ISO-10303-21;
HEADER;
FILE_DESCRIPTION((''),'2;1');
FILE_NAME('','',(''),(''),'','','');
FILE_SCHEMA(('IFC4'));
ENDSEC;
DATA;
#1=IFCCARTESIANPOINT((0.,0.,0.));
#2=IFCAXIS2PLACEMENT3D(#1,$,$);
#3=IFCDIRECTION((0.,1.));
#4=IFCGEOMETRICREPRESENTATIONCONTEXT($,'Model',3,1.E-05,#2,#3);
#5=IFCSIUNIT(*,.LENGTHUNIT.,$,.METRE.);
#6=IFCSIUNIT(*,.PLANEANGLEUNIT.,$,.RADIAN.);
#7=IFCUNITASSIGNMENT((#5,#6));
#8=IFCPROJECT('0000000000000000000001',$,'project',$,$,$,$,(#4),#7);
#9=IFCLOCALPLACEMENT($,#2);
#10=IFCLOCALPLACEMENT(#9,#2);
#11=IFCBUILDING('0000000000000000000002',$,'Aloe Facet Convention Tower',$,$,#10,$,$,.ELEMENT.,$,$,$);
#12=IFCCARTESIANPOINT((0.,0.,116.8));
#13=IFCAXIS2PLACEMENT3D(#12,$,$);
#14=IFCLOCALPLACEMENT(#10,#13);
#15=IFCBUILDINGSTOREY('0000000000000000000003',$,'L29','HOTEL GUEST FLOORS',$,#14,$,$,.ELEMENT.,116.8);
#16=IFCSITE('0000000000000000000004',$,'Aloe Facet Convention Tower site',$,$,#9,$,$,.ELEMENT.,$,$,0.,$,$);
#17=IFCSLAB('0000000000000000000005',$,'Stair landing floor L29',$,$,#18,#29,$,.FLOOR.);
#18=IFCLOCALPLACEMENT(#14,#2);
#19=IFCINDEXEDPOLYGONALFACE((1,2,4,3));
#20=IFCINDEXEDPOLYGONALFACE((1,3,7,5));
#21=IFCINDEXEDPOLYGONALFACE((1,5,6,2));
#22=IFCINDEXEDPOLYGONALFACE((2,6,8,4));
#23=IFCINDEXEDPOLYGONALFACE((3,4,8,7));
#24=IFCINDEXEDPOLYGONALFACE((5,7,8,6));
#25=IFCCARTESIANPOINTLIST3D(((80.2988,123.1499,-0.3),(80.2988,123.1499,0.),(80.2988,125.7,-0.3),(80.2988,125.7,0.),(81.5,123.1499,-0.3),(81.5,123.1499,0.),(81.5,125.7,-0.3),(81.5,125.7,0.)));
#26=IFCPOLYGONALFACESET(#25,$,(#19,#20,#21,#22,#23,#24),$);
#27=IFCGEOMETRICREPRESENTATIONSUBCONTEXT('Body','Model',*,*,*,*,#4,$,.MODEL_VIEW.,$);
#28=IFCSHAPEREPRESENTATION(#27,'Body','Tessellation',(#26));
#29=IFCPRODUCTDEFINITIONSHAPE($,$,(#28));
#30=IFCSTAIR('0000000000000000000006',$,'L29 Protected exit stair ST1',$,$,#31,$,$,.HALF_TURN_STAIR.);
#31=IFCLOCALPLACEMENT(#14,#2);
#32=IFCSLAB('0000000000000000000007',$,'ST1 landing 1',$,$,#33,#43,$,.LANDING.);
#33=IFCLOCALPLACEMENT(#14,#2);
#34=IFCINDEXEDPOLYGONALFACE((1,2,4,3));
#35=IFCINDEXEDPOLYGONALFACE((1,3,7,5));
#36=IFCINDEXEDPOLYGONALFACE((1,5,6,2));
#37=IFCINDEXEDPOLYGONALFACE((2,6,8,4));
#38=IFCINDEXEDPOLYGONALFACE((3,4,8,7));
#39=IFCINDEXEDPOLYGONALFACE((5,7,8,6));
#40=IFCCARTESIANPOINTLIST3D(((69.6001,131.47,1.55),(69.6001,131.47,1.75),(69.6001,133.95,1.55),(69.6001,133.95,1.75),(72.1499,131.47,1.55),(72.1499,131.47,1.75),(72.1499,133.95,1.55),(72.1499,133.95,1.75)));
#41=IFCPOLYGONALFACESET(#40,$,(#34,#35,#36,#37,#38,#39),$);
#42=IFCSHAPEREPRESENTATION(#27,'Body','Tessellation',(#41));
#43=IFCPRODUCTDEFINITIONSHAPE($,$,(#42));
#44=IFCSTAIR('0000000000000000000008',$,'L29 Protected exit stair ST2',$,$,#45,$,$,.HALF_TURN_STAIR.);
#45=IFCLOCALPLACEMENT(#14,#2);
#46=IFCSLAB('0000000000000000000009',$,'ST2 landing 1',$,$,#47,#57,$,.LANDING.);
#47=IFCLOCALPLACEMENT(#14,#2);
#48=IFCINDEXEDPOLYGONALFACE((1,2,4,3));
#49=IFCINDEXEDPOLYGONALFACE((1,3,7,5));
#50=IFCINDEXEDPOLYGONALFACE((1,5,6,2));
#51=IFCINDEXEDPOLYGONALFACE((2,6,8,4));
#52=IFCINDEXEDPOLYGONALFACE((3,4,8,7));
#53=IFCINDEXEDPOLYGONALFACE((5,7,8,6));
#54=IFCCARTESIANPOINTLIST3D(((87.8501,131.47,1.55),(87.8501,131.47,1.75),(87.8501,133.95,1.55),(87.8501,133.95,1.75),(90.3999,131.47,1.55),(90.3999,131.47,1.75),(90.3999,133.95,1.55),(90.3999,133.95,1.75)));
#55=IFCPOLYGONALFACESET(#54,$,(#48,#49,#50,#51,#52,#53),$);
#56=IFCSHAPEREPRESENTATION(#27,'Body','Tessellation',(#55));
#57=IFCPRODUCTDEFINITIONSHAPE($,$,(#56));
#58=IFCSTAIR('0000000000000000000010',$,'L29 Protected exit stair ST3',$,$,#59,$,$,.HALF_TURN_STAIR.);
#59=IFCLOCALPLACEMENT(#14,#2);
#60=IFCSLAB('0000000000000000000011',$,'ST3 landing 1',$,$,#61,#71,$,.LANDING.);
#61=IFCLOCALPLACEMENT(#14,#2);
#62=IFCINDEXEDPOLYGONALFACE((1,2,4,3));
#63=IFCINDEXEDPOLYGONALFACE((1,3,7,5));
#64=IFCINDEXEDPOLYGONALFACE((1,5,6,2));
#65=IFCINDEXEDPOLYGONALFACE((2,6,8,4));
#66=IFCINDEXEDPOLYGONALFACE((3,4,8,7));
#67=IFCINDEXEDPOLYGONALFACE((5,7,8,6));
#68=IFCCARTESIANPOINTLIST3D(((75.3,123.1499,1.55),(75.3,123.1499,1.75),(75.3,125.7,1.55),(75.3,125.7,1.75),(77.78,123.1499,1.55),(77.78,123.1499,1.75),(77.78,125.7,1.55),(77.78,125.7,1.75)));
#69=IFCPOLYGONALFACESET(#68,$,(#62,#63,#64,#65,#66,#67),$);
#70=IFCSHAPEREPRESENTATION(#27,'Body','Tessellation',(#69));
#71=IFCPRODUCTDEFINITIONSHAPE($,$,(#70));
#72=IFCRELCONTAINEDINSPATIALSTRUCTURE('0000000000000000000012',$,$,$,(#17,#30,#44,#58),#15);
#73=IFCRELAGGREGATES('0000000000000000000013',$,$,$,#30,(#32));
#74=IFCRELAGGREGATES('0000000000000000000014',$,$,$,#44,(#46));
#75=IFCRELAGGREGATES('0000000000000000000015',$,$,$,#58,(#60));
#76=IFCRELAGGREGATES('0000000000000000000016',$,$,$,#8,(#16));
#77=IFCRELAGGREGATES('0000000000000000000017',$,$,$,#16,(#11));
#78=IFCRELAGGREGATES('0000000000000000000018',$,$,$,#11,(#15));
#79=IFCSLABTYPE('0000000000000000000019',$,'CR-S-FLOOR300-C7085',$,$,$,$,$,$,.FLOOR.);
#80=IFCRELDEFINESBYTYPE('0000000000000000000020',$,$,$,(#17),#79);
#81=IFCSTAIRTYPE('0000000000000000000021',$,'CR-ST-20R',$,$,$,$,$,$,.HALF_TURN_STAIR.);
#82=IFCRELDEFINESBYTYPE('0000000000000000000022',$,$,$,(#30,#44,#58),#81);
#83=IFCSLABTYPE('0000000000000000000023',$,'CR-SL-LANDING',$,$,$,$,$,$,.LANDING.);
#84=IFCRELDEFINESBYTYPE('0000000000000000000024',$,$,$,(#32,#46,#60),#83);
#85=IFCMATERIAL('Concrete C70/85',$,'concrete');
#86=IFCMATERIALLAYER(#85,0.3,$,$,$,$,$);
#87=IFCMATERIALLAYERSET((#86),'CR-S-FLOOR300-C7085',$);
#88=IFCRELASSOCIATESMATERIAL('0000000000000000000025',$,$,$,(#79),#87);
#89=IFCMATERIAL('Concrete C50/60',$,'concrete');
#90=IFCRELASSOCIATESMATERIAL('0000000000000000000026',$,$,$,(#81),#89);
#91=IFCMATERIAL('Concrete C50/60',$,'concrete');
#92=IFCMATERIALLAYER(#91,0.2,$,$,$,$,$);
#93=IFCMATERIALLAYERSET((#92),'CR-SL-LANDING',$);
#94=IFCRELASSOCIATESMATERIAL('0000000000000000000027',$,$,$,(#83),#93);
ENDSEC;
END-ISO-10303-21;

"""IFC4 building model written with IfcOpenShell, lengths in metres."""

from ifc_helpers import new_model, si_unit, direction, frame, origin, place, context, subcontext, project, spatial, polyline, outline, extrude, material, layer, layer_set, type_object, element, aggregate, save


model = new_model("IFC4")

# Units and contexts
model_context = context("Model", 3, precision=1e-05, world=origin(), true_north=direction((0.0, 1.0)))
body_context = subcontext(model_context, "Body", "Model", "MODEL_VIEW")
ifc_project = project(units=[si_unit("LENGTHUNIT", "METRE"), si_unit("PLANEANGLEUNIT", "RADIAN")], contexts=[model_context])

# Site, building, storey
site_placement = place(None, origin())
site = spatial("IfcSite", under=ifc_project, at=site_placement, Name="Aloe Facet Convention Tower site", CompositionType="ELEMENT", RefElevation=0.0)
building_placement = place(site_placement, origin())
building = spatial("IfcBuilding", under=site, at=building_placement, Name="Aloe Facet Convention Tower", CompositionType="ELEMENT")
storey_placement = place(building_placement, frame((0.0, 0.0, 116.8)))
storey = spatial("IfcBuildingStorey", under=building, at=storey_placement, Name="L29", Description="HOTEL GUEST FLOORS", CompositionType="ELEMENT", Elevation=116.8)

# Slab
ifc_material_1 = material(Name="Concrete C70/85", Category="concrete")
ifc_layer_1 = layer(ifc_material_1, 0.3)
ifc_layer_set_1 = layer_set([ifc_layer_1], Name="CR-S-FLOOR300-C7085")
slab_type_1 = type_object("IfcSlabType", Name="CR-S-FLOOR300-C7085", PredefinedType="FLOOR", material=ifc_layer_set_1)
slab_1_placement = place(storey_placement, frame((0.0, 0.0, -0.3)))
element("IfcSlab", 1, at=slab_1_placement, inside=storey, type_object=slab_type_1, Name="Stair landing floor L29", PredefinedType="FLOOR", context=body_context, shape_type="SweptSolid", body=[
    extrude(outline(polyline([(81.5, 125.7), (80.2988, 125.7), (80.2988, 123.1499), (81.5, 123.1499), (81.5, 125.7)])), origin(), (0.0, 0.0, 1.0), 0.3),
])

# Stairs, slabs
ifc_material_2 = material(Name="Concrete C50/60", Category="concrete")
stair_type = type_object("IfcStairType", Name="CR-ST-20R", PredefinedType="HALF_TURN_STAIR", material=ifc_material_2)
stair_1_placement = place(storey_placement, origin())
stair_1 = element("IfcStair", 2, at=stair_1_placement, inside=storey, type_object=stair_type, Name="L29 Protected exit stair ST1", PredefinedType="HALF_TURN_STAIR")
ifc_material_3 = material(Name="Concrete C50/60", Category="concrete")
ifc_layer_2 = layer(ifc_material_3, 0.2)
ifc_layer_set_2 = layer_set([ifc_layer_2], Name="CR-SL-LANDING")
slab_type_2 = type_object("IfcSlabType", Name="CR-SL-LANDING", PredefinedType="LANDING", material=ifc_layer_set_2)
slab_2_placement = place(storey_placement, frame((0.0, 0.0, 1.55)))
slab_2 = element("IfcSlab", 3, at=slab_2_placement, type_object=slab_type_2, Name="ST1 landing 1", PredefinedType="LANDING", context=body_context, shape_type="SweptSolid", body=[
    extrude(outline(polyline([(72.1499, 131.47), (72.1499, 133.95), (69.6001, 133.95), (69.6001, 131.47), (72.1499, 131.47)])), origin(), (0.0, 0.0, 1.0), 0.2),
])
aggregate(stair_1, [slab_2])
stair_2_placement = place(storey_placement, origin())
stair_2 = element("IfcStair", 4, at=stair_2_placement, inside=storey, type_object=stair_type, Name="L29 Protected exit stair ST2", PredefinedType="HALF_TURN_STAIR")
slab_3_placement = place(storey_placement, frame((0.0, 0.0, 1.55)))
slab_3 = element("IfcSlab", 5, at=slab_3_placement, type_object=slab_type_2, Name="ST2 landing 1", PredefinedType="LANDING", context=body_context, shape_type="SweptSolid", body=[
    extrude(outline(polyline([(90.3999, 131.47), (90.3999, 133.95), (87.8501, 133.95), (87.8501, 131.47), (90.3999, 131.47)])), origin(), (0.0, 0.0, 1.0), 0.2),
])
aggregate(stair_2, [slab_3])
stair_3_placement = place(storey_placement, origin())
stair_3 = element("IfcStair", 6, at=stair_3_placement, inside=storey, type_object=stair_type, Name="L29 Protected exit stair ST3", PredefinedType="HALF_TURN_STAIR")
slab_4_placement = place(storey_placement, frame((0.0, 0.0, 1.55)))
slab_4 = element("IfcSlab", 7, at=slab_4_placement, type_object=slab_type_2, Name="ST3 landing 1", PredefinedType="LANDING", context=body_context, shape_type="SweptSolid", body=[
    extrude(outline(polyline([(77.78, 125.7), (75.3, 125.7), (75.3, 123.1499), (77.78, 123.1499), (77.78, 125.7)])), origin(), (0.0, 0.0, 1.0), 0.2),
])
aggregate(stair_3, [slab_4])

save(model, "model.ifc")
